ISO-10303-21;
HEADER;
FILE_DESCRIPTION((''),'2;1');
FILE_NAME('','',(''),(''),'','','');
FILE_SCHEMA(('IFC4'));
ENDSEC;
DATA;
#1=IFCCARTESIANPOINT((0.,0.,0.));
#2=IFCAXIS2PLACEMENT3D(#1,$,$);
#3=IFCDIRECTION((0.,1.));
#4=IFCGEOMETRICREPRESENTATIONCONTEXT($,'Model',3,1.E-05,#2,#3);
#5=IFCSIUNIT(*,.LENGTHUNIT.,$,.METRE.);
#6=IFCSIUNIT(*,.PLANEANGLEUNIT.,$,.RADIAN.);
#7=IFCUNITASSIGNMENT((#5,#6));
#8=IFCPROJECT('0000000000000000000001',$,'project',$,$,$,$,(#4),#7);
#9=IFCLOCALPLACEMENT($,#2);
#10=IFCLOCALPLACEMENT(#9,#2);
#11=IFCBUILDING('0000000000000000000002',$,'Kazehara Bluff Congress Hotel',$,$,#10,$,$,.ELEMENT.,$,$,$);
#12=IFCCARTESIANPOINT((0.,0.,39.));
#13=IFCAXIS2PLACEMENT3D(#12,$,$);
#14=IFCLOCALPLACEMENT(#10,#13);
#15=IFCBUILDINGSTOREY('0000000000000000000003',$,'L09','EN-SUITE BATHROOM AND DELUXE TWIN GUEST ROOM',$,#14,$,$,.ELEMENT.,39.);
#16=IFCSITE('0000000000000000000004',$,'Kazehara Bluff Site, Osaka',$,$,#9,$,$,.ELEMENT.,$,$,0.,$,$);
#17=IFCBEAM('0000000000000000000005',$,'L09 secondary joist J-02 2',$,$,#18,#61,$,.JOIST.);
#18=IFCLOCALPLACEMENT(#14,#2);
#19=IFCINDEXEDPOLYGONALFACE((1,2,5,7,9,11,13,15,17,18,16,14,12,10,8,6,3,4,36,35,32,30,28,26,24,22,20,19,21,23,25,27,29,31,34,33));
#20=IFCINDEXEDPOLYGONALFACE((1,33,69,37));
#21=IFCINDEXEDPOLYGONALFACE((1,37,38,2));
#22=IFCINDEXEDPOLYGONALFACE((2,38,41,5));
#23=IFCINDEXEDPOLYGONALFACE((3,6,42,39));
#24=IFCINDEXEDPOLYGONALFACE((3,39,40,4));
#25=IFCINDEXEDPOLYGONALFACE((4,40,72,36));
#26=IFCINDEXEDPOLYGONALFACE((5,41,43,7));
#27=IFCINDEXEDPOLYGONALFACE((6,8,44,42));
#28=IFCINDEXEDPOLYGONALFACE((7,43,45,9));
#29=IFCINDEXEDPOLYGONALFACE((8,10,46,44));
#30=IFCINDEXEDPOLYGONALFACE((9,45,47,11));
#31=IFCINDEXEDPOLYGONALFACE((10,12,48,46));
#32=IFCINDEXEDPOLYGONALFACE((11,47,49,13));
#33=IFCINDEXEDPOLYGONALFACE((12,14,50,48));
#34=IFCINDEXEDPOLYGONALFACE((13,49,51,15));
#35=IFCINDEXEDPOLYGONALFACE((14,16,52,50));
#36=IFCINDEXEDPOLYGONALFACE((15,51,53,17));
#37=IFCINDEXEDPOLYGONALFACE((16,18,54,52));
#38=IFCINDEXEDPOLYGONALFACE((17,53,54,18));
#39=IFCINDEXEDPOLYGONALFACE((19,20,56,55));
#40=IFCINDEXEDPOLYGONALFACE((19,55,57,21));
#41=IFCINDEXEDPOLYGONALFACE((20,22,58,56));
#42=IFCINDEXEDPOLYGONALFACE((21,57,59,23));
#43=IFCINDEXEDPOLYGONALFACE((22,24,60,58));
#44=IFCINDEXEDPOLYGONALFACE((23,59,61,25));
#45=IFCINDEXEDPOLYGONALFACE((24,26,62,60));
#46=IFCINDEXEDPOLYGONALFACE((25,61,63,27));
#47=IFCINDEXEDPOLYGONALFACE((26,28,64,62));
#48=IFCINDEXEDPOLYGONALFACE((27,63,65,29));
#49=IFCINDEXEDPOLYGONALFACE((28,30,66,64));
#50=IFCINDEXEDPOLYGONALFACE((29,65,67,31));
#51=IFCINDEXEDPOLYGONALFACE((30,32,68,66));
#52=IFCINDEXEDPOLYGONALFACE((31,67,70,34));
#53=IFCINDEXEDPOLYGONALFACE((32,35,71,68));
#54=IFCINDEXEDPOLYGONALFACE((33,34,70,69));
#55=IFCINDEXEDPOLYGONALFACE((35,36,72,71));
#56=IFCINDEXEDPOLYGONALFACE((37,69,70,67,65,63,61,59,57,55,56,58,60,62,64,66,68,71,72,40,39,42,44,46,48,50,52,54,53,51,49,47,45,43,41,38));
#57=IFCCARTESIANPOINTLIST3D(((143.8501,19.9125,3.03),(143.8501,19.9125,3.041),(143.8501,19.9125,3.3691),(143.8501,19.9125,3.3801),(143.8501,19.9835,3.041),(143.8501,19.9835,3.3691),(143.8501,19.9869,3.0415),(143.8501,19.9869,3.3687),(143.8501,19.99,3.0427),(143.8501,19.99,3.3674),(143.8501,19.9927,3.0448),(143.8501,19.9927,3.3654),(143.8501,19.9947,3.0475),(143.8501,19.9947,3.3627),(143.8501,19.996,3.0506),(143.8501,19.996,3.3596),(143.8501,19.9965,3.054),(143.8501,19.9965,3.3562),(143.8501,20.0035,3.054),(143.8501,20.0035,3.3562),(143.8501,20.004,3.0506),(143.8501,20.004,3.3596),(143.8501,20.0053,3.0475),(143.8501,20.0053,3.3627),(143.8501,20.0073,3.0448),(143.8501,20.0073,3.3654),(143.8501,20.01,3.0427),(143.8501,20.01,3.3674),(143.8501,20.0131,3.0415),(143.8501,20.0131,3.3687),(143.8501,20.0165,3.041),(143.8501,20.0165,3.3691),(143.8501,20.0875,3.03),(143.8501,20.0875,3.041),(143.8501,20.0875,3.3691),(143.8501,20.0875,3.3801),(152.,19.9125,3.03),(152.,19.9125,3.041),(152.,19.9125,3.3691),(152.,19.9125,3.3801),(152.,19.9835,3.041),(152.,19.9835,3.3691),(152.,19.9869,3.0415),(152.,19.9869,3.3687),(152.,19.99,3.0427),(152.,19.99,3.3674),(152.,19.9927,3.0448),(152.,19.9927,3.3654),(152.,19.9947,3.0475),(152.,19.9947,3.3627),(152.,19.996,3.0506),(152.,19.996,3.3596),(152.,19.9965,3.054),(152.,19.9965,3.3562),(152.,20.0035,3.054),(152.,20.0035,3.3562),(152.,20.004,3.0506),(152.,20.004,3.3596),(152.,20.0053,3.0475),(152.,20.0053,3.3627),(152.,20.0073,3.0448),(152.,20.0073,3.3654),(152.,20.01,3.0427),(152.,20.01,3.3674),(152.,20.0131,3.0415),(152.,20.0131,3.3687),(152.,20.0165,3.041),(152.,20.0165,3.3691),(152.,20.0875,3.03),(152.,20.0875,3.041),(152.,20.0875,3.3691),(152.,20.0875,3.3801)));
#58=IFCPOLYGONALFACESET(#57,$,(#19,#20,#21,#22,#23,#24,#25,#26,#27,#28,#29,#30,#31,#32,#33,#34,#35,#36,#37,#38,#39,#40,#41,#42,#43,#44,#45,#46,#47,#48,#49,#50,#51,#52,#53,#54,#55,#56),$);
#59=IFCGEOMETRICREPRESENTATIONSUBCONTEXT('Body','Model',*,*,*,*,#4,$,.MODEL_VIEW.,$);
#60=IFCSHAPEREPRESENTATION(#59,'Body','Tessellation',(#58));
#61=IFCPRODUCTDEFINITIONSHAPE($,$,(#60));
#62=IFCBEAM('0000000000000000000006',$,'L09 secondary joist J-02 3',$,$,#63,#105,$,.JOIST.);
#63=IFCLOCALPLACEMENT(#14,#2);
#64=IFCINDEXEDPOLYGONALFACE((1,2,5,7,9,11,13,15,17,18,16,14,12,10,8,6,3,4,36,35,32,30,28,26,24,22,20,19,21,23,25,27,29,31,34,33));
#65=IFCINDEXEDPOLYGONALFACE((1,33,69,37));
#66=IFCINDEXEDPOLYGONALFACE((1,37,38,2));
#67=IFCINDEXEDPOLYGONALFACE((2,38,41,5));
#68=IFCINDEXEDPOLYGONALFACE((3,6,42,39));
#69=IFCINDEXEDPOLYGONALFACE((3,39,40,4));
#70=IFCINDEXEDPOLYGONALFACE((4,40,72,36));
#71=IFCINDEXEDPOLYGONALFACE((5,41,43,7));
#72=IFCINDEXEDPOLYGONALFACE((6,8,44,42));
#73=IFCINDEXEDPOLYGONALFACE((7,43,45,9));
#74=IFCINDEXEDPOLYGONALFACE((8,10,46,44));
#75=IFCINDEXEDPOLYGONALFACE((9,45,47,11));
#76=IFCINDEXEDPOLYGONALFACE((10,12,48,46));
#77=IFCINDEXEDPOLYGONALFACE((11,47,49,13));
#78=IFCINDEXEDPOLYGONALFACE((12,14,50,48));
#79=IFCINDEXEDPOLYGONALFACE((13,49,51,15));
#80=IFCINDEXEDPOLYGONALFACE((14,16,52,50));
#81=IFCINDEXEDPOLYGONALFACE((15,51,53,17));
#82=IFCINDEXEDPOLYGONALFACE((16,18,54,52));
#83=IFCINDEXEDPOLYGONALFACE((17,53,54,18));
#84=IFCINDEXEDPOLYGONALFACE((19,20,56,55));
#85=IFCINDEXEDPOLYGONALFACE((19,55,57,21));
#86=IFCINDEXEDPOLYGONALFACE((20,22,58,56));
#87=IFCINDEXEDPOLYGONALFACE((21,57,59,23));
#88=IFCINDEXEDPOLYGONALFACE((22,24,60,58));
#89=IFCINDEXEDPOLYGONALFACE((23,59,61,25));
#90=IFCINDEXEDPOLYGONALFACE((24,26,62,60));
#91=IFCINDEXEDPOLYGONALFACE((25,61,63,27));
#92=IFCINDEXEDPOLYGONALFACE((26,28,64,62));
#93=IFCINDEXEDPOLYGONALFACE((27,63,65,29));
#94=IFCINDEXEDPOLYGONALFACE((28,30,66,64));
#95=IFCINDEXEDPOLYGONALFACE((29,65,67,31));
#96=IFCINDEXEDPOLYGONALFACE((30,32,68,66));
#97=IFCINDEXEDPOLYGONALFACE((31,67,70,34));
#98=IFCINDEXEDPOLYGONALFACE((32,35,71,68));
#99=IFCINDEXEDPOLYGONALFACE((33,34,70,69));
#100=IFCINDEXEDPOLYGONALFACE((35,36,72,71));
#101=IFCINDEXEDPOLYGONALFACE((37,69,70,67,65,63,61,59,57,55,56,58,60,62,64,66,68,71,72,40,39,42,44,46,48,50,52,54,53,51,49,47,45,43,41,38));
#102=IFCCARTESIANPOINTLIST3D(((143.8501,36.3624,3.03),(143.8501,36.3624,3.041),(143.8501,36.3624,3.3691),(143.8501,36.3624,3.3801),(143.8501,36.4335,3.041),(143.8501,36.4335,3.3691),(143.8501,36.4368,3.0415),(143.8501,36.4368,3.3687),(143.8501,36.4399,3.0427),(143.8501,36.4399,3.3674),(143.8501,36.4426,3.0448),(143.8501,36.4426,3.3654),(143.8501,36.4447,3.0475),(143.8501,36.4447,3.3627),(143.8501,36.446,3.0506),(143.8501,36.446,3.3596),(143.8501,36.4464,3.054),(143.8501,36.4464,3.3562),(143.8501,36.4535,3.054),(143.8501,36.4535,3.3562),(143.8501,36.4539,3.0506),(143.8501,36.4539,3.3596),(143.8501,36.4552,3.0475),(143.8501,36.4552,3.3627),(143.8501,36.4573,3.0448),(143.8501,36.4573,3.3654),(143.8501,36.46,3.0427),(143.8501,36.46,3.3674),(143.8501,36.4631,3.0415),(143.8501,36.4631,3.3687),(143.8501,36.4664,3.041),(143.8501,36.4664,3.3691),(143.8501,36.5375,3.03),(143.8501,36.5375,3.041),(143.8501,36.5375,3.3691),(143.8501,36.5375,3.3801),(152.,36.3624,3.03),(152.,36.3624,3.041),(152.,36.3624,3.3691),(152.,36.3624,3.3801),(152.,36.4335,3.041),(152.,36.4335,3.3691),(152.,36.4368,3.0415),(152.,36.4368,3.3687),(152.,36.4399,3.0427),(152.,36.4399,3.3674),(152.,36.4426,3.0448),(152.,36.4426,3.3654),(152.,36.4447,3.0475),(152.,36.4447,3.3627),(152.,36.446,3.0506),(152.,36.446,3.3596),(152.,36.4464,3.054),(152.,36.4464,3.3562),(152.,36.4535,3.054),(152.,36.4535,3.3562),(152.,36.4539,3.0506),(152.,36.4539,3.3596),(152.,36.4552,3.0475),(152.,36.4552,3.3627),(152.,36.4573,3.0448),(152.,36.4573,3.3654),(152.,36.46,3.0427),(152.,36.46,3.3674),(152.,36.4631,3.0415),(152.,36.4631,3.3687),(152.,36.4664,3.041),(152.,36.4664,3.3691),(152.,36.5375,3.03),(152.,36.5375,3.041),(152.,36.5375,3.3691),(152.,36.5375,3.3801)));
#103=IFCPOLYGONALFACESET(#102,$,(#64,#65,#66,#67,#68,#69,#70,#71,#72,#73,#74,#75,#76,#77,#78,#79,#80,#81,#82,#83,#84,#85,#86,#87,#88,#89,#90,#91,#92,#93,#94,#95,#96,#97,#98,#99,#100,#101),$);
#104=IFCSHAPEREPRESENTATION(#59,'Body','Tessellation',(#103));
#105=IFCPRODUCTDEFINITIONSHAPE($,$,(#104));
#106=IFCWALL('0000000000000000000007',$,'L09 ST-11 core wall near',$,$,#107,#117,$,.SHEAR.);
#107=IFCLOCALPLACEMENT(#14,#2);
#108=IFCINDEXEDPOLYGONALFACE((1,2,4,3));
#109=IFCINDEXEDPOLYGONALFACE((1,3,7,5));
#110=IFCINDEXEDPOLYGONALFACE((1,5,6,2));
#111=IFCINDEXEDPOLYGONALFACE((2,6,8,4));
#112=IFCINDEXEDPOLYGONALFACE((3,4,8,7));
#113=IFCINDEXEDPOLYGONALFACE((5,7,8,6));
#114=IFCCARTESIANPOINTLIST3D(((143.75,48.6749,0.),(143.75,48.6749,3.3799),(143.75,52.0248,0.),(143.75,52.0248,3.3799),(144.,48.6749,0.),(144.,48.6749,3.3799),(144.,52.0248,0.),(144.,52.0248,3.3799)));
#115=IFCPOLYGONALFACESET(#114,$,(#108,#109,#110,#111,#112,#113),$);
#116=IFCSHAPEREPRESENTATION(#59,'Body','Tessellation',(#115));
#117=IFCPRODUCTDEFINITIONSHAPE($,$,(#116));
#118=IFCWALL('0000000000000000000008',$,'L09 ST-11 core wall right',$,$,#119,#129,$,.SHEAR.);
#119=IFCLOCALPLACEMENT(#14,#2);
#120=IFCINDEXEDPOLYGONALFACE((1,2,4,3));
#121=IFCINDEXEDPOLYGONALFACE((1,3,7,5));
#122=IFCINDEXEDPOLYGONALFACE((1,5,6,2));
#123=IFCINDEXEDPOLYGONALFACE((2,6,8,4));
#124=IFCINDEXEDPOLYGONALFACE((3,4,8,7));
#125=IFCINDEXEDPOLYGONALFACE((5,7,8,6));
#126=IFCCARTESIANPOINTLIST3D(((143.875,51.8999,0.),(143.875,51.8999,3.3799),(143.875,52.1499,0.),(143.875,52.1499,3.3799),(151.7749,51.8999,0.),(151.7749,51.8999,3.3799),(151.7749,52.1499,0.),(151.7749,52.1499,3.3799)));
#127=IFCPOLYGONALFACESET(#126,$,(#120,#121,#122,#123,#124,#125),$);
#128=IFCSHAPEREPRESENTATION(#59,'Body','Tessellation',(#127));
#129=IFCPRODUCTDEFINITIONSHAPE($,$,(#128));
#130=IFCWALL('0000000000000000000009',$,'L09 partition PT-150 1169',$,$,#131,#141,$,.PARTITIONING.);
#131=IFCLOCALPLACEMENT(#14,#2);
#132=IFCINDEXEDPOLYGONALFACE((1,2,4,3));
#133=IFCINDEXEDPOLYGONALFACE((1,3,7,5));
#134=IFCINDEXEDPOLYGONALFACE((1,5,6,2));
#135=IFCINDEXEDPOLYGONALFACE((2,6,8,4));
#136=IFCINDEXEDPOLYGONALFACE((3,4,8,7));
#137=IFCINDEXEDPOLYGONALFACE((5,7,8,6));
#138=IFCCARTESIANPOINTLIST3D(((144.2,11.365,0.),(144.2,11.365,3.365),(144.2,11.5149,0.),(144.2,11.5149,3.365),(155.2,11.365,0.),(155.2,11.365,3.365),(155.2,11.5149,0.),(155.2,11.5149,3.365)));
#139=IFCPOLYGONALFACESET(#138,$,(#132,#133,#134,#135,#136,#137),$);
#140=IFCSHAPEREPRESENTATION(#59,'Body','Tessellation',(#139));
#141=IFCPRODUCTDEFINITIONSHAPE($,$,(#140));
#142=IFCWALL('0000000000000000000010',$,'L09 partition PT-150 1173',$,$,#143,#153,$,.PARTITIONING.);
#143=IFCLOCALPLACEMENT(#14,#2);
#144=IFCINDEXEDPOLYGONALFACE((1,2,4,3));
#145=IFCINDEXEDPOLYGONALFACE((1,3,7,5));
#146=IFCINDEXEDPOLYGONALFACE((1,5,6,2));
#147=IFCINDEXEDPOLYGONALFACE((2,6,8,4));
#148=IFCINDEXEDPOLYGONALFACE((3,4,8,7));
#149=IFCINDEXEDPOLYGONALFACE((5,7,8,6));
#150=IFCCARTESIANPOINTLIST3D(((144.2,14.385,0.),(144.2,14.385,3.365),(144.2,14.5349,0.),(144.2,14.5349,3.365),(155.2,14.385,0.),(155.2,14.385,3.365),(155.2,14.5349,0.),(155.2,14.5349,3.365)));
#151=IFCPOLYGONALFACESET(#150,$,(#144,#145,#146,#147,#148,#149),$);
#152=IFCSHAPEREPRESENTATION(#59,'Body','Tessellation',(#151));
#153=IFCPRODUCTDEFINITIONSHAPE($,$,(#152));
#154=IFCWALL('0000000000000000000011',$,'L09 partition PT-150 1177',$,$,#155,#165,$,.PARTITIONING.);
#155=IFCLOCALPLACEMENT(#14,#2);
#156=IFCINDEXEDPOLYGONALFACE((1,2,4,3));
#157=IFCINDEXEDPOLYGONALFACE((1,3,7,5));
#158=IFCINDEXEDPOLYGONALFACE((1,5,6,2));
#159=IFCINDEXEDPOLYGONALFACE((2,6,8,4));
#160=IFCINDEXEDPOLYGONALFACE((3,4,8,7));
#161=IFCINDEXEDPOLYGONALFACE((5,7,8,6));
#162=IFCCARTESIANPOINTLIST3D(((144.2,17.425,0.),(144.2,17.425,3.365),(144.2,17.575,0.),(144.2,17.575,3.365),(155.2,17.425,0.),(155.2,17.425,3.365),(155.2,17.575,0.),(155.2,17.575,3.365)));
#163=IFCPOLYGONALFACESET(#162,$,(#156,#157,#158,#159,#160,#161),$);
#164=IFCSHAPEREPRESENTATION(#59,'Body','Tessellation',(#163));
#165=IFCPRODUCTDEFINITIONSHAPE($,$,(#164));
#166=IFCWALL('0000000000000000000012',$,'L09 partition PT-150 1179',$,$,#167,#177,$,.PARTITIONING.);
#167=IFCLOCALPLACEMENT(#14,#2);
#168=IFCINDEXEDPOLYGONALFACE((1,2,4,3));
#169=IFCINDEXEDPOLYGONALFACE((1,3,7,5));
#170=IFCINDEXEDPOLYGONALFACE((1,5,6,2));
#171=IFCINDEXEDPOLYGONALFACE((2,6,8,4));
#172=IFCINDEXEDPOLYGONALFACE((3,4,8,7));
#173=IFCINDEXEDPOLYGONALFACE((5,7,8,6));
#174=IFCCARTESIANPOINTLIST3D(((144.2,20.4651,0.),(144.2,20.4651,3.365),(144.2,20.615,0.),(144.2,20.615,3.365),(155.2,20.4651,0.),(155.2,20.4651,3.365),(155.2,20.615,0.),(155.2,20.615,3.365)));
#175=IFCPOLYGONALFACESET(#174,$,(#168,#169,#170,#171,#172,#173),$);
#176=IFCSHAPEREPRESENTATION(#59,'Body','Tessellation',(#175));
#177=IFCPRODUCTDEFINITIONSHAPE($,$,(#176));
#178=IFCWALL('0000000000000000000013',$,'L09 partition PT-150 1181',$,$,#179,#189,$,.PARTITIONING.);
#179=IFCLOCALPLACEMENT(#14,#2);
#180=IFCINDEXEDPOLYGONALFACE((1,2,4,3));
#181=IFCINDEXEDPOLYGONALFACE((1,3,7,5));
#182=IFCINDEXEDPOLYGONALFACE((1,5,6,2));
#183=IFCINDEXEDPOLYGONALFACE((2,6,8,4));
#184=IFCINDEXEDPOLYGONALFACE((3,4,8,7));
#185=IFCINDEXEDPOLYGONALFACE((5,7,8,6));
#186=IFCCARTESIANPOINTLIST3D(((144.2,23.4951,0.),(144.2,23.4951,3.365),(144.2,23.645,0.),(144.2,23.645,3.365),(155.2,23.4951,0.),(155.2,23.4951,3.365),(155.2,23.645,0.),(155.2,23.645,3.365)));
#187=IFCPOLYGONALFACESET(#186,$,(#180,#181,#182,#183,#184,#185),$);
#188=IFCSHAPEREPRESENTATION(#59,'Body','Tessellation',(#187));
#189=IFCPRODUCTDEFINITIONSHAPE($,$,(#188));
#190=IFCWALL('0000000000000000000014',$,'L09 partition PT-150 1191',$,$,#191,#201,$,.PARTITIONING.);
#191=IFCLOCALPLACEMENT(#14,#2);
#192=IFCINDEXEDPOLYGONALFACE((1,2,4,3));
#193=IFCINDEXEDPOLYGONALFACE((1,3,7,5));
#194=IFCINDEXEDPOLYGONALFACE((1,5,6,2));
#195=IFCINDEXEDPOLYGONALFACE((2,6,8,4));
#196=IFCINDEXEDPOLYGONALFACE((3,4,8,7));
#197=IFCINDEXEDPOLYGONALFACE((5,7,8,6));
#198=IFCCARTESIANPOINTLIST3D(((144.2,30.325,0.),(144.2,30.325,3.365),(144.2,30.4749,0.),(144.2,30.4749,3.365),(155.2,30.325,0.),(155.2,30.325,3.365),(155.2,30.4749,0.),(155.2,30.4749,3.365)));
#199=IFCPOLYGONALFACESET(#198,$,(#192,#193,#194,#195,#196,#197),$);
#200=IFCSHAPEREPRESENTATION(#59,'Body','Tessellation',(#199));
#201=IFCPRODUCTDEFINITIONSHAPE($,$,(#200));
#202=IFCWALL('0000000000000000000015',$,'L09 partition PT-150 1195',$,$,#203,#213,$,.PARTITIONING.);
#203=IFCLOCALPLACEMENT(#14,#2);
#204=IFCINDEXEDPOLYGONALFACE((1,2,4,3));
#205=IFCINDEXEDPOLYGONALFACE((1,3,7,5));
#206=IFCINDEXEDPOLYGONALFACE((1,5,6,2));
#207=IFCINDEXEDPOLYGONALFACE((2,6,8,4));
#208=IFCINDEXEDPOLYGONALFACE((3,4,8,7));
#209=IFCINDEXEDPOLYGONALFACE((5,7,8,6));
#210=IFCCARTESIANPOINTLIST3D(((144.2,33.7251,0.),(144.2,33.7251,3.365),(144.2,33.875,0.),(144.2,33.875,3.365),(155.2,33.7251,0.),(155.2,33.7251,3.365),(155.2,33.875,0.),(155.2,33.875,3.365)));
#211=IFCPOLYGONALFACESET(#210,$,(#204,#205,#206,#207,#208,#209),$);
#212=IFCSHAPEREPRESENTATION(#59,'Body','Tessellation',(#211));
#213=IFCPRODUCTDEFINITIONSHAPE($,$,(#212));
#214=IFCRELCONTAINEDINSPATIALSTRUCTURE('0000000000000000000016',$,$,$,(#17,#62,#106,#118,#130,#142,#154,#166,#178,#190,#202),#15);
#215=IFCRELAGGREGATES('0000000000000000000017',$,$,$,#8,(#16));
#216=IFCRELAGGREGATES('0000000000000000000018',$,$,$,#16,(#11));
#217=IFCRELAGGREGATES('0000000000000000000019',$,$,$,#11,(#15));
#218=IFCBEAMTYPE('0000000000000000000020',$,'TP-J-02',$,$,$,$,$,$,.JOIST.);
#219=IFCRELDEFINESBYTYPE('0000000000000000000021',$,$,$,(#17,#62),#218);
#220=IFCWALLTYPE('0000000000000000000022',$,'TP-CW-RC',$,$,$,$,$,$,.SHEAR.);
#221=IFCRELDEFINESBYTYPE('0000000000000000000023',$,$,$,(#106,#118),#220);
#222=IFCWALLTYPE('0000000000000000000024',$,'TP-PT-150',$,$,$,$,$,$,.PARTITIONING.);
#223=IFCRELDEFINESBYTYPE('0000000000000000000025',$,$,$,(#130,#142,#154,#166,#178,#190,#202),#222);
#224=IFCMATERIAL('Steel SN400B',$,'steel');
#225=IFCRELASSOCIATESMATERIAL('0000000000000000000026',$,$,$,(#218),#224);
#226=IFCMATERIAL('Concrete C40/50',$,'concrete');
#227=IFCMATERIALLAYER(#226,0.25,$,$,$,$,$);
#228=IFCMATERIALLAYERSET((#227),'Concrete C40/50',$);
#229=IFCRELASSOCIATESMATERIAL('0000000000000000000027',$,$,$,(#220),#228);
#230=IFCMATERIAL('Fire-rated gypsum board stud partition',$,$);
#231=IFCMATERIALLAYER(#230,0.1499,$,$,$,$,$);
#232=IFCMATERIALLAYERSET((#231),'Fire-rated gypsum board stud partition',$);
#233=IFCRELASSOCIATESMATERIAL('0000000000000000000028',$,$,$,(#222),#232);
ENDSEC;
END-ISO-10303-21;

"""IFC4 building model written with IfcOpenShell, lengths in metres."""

from ifc_helpers import new_model, si_unit, direction, frame, frame_2d, origin, origin_2d, place, context, subcontext, project, spatial, rectangle, i_section, extrude, material, layer, layer_set, material_profile, profile_set, type_object, element, save


model = new_model("IFC4")

# Units and contexts
model_context = context("Model", 3, precision=1e-05, world=origin(), true_north=direction((0.0, 1.0)))
body_context = subcontext(model_context, "Body", "Model", "MODEL_VIEW")
ifc_project = project(units=[si_unit("LENGTHUNIT", "METRE"), si_unit("PLANEANGLEUNIT", "RADIAN")], contexts=[model_context])

# Site, building, storey
site_placement = place(None, origin())
site = spatial("IfcSite", under=ifc_project, at=site_placement, Name="Kazehara Bluff Site, Osaka", CompositionType="ELEMENT", RefElevation=0.0)
building_placement = place(site_placement, origin())
building = spatial("IfcBuilding", under=site, at=building_placement, Name="Kazehara Bluff Congress Hotel", CompositionType="ELEMENT")
storey_placement = place(building_placement, frame((0.0, 0.0, 39.0)))
storey = spatial("IfcBuildingStorey", under=building, at=storey_placement, Name="L09", Description="EN-SUITE BATHROOM AND DELUXE TWIN GUEST ROOM", CompositionType="ELEMENT", Elevation=39.0)

# Beams
ifc_material_1 = material(Name="Steel SN400B", Category="steel")
ifc_material_profile_1 = material_profile(ifc_material_1, i_section(OverallWidth=0.175, OverallDepth=0.3501, WebThickness=0.0071, FlangeThickness=0.011, FilletRadius=0.0129, at=origin_2d()))
ifc_profile_set_1 = profile_set([ifc_material_profile_1], Name="Steel SN400B")
beam_type_1 = type_object("IfcBeamType", Name="TP-J-02", PredefinedType="JOIST", material=ifc_profile_set_1)
for number, where, z_axis, x_axis, name in (
    (1, (143.8501, 20.0, 3.2051), (1.0, 0.0, 0.0), (0.0, 1.0, 0.0), "L09 secondary joist J-02 2"),
    (2, (143.8501, 36.45, 3.2051), (1.0, 0.0, 0.0), (0.0, 1.0, 0.0), "L09 secondary joist J-02 3"),
):
    element("IfcBeam", number, at=place(storey_placement, frame(where, z_axis=z_axis, x_axis=x_axis)), inside=storey, type_object=beam_type_1, Name=name, PredefinedType="JOIST", context=body_context, shape_type="SweptSolid", body=[
        extrude(i_section(OverallWidth=0.175, OverallDepth=0.3501, WebThickness=0.0071, FlangeThickness=0.011, FilletRadius=0.0129, at=origin_2d()), origin(), (0.0, 0.0, 1.0), 8.1499),
    ])

# Walls
ifc_material_2 = material(Name="Concrete C40/50", Category="concrete")
ifc_layer_1 = layer(ifc_material_2, 0.25)
ifc_layer_set_1 = layer_set([ifc_layer_1], Name="Concrete C40/50")
wall_type_1 = type_object("IfcWallType", Name="TP-CW-RC", PredefinedType="SHEAR", material=ifc_layer_set_1)
wall_1_placement = place(storey_placement, frame((143.875, 48.675, 0.0), z_axis=(0.0, 0.0, 1.0), x_axis=(0.0, 1.0, 0.0)))
element("IfcWall", 3, at=wall_1_placement, inside=storey, type_object=wall_type_1, Name="L09 ST-11 core wall near", PredefinedType="SHEAR", context=body_context, shape_type="SweptSolid", body=[
    extrude(rectangle(XDim=3.3499, YDim=0.25, at=frame_2d((1.6748, 0.0))), origin(), (0.0, 0.0, 1.0), 3.3799),
])
wall_2_placement = place(storey_placement, frame((143.875, 52.0249, 0.0), z_axis=(0.0, 0.0, 1.0), x_axis=(1.0, 0.0, 0.0)))
element("IfcWall", 4, at=wall_2_placement, inside=storey, type_object=wall_type_1, Name="L09 ST-11 core wall right", PredefinedType="SHEAR", context=body_context, shape_type="SweptSolid", body=[
    extrude(rectangle(XDim=7.8999, YDim=0.25, at=frame_2d((3.95, 0.0))), origin(), (0.0, 0.0, 1.0), 3.3799),
])
ifc_material_3 = material(Name="Fire-rated gypsum board stud partition")
ifc_layer_2 = layer(ifc_material_3, 0.1499)
ifc_layer_set_2 = layer_set([ifc_layer_2], Name="Fire-rated gypsum board stud partition")
wall_type_2 = type_object("IfcWallType", Name="TP-PT-150", PredefinedType="PARTITIONING", material=ifc_layer_set_2)
for number, where, z_axis, x_axis, name in (
    (5, (144.2, 11.4399, 0.0), (0.0, 0.0, 1.0), (1.0, 0.0, 0.0), "L09 partition PT-150 1169"),
    (6, (144.2, 14.46, 0.0), (0.0, 0.0, 1.0), (1.0, 0.0, 0.0), "L09 partition PT-150 1173"),
    (7, (144.2, 17.5, 0.0), (0.0, 0.0, 1.0), (1.0, 0.0, 0.0), "L09 partition PT-150 1177"),
    (8, (144.2, 20.54, 0.0), (0.0, 0.0, 1.0), (1.0, 0.0, 0.0), "L09 partition PT-150 1179"),
    (9, (144.2, 23.5701, 0.0), (0.0, 0.0, 1.0), (1.0, 0.0, 0.0), "L09 partition PT-150 1181"),
    (10, (144.2, 30.3999, 0.0), (0.0, 0.0, 1.0), (1.0, 0.0, 0.0), "L09 partition PT-150 1191"),
    (11, (144.2, 33.8, 0.0), (0.0, 0.0, 1.0), (1.0, 0.0, 0.0), "L09 partition PT-150 1195"),
):
    element("IfcWall", number, at=place(storey_placement, frame(where, z_axis=z_axis, x_axis=x_axis)), inside=storey, type_object=wall_type_2, Name=name, PredefinedType="PARTITIONING", context=body_context, shape_type="SweptSolid", body=[
        extrude(rectangle(XDim=11.0, YDim=0.1499, at=frame_2d((5.5, 0.0))), origin(), (0.0, 0.0, 1.0), 3.365),
    ])

save(model, "model.ifc")
